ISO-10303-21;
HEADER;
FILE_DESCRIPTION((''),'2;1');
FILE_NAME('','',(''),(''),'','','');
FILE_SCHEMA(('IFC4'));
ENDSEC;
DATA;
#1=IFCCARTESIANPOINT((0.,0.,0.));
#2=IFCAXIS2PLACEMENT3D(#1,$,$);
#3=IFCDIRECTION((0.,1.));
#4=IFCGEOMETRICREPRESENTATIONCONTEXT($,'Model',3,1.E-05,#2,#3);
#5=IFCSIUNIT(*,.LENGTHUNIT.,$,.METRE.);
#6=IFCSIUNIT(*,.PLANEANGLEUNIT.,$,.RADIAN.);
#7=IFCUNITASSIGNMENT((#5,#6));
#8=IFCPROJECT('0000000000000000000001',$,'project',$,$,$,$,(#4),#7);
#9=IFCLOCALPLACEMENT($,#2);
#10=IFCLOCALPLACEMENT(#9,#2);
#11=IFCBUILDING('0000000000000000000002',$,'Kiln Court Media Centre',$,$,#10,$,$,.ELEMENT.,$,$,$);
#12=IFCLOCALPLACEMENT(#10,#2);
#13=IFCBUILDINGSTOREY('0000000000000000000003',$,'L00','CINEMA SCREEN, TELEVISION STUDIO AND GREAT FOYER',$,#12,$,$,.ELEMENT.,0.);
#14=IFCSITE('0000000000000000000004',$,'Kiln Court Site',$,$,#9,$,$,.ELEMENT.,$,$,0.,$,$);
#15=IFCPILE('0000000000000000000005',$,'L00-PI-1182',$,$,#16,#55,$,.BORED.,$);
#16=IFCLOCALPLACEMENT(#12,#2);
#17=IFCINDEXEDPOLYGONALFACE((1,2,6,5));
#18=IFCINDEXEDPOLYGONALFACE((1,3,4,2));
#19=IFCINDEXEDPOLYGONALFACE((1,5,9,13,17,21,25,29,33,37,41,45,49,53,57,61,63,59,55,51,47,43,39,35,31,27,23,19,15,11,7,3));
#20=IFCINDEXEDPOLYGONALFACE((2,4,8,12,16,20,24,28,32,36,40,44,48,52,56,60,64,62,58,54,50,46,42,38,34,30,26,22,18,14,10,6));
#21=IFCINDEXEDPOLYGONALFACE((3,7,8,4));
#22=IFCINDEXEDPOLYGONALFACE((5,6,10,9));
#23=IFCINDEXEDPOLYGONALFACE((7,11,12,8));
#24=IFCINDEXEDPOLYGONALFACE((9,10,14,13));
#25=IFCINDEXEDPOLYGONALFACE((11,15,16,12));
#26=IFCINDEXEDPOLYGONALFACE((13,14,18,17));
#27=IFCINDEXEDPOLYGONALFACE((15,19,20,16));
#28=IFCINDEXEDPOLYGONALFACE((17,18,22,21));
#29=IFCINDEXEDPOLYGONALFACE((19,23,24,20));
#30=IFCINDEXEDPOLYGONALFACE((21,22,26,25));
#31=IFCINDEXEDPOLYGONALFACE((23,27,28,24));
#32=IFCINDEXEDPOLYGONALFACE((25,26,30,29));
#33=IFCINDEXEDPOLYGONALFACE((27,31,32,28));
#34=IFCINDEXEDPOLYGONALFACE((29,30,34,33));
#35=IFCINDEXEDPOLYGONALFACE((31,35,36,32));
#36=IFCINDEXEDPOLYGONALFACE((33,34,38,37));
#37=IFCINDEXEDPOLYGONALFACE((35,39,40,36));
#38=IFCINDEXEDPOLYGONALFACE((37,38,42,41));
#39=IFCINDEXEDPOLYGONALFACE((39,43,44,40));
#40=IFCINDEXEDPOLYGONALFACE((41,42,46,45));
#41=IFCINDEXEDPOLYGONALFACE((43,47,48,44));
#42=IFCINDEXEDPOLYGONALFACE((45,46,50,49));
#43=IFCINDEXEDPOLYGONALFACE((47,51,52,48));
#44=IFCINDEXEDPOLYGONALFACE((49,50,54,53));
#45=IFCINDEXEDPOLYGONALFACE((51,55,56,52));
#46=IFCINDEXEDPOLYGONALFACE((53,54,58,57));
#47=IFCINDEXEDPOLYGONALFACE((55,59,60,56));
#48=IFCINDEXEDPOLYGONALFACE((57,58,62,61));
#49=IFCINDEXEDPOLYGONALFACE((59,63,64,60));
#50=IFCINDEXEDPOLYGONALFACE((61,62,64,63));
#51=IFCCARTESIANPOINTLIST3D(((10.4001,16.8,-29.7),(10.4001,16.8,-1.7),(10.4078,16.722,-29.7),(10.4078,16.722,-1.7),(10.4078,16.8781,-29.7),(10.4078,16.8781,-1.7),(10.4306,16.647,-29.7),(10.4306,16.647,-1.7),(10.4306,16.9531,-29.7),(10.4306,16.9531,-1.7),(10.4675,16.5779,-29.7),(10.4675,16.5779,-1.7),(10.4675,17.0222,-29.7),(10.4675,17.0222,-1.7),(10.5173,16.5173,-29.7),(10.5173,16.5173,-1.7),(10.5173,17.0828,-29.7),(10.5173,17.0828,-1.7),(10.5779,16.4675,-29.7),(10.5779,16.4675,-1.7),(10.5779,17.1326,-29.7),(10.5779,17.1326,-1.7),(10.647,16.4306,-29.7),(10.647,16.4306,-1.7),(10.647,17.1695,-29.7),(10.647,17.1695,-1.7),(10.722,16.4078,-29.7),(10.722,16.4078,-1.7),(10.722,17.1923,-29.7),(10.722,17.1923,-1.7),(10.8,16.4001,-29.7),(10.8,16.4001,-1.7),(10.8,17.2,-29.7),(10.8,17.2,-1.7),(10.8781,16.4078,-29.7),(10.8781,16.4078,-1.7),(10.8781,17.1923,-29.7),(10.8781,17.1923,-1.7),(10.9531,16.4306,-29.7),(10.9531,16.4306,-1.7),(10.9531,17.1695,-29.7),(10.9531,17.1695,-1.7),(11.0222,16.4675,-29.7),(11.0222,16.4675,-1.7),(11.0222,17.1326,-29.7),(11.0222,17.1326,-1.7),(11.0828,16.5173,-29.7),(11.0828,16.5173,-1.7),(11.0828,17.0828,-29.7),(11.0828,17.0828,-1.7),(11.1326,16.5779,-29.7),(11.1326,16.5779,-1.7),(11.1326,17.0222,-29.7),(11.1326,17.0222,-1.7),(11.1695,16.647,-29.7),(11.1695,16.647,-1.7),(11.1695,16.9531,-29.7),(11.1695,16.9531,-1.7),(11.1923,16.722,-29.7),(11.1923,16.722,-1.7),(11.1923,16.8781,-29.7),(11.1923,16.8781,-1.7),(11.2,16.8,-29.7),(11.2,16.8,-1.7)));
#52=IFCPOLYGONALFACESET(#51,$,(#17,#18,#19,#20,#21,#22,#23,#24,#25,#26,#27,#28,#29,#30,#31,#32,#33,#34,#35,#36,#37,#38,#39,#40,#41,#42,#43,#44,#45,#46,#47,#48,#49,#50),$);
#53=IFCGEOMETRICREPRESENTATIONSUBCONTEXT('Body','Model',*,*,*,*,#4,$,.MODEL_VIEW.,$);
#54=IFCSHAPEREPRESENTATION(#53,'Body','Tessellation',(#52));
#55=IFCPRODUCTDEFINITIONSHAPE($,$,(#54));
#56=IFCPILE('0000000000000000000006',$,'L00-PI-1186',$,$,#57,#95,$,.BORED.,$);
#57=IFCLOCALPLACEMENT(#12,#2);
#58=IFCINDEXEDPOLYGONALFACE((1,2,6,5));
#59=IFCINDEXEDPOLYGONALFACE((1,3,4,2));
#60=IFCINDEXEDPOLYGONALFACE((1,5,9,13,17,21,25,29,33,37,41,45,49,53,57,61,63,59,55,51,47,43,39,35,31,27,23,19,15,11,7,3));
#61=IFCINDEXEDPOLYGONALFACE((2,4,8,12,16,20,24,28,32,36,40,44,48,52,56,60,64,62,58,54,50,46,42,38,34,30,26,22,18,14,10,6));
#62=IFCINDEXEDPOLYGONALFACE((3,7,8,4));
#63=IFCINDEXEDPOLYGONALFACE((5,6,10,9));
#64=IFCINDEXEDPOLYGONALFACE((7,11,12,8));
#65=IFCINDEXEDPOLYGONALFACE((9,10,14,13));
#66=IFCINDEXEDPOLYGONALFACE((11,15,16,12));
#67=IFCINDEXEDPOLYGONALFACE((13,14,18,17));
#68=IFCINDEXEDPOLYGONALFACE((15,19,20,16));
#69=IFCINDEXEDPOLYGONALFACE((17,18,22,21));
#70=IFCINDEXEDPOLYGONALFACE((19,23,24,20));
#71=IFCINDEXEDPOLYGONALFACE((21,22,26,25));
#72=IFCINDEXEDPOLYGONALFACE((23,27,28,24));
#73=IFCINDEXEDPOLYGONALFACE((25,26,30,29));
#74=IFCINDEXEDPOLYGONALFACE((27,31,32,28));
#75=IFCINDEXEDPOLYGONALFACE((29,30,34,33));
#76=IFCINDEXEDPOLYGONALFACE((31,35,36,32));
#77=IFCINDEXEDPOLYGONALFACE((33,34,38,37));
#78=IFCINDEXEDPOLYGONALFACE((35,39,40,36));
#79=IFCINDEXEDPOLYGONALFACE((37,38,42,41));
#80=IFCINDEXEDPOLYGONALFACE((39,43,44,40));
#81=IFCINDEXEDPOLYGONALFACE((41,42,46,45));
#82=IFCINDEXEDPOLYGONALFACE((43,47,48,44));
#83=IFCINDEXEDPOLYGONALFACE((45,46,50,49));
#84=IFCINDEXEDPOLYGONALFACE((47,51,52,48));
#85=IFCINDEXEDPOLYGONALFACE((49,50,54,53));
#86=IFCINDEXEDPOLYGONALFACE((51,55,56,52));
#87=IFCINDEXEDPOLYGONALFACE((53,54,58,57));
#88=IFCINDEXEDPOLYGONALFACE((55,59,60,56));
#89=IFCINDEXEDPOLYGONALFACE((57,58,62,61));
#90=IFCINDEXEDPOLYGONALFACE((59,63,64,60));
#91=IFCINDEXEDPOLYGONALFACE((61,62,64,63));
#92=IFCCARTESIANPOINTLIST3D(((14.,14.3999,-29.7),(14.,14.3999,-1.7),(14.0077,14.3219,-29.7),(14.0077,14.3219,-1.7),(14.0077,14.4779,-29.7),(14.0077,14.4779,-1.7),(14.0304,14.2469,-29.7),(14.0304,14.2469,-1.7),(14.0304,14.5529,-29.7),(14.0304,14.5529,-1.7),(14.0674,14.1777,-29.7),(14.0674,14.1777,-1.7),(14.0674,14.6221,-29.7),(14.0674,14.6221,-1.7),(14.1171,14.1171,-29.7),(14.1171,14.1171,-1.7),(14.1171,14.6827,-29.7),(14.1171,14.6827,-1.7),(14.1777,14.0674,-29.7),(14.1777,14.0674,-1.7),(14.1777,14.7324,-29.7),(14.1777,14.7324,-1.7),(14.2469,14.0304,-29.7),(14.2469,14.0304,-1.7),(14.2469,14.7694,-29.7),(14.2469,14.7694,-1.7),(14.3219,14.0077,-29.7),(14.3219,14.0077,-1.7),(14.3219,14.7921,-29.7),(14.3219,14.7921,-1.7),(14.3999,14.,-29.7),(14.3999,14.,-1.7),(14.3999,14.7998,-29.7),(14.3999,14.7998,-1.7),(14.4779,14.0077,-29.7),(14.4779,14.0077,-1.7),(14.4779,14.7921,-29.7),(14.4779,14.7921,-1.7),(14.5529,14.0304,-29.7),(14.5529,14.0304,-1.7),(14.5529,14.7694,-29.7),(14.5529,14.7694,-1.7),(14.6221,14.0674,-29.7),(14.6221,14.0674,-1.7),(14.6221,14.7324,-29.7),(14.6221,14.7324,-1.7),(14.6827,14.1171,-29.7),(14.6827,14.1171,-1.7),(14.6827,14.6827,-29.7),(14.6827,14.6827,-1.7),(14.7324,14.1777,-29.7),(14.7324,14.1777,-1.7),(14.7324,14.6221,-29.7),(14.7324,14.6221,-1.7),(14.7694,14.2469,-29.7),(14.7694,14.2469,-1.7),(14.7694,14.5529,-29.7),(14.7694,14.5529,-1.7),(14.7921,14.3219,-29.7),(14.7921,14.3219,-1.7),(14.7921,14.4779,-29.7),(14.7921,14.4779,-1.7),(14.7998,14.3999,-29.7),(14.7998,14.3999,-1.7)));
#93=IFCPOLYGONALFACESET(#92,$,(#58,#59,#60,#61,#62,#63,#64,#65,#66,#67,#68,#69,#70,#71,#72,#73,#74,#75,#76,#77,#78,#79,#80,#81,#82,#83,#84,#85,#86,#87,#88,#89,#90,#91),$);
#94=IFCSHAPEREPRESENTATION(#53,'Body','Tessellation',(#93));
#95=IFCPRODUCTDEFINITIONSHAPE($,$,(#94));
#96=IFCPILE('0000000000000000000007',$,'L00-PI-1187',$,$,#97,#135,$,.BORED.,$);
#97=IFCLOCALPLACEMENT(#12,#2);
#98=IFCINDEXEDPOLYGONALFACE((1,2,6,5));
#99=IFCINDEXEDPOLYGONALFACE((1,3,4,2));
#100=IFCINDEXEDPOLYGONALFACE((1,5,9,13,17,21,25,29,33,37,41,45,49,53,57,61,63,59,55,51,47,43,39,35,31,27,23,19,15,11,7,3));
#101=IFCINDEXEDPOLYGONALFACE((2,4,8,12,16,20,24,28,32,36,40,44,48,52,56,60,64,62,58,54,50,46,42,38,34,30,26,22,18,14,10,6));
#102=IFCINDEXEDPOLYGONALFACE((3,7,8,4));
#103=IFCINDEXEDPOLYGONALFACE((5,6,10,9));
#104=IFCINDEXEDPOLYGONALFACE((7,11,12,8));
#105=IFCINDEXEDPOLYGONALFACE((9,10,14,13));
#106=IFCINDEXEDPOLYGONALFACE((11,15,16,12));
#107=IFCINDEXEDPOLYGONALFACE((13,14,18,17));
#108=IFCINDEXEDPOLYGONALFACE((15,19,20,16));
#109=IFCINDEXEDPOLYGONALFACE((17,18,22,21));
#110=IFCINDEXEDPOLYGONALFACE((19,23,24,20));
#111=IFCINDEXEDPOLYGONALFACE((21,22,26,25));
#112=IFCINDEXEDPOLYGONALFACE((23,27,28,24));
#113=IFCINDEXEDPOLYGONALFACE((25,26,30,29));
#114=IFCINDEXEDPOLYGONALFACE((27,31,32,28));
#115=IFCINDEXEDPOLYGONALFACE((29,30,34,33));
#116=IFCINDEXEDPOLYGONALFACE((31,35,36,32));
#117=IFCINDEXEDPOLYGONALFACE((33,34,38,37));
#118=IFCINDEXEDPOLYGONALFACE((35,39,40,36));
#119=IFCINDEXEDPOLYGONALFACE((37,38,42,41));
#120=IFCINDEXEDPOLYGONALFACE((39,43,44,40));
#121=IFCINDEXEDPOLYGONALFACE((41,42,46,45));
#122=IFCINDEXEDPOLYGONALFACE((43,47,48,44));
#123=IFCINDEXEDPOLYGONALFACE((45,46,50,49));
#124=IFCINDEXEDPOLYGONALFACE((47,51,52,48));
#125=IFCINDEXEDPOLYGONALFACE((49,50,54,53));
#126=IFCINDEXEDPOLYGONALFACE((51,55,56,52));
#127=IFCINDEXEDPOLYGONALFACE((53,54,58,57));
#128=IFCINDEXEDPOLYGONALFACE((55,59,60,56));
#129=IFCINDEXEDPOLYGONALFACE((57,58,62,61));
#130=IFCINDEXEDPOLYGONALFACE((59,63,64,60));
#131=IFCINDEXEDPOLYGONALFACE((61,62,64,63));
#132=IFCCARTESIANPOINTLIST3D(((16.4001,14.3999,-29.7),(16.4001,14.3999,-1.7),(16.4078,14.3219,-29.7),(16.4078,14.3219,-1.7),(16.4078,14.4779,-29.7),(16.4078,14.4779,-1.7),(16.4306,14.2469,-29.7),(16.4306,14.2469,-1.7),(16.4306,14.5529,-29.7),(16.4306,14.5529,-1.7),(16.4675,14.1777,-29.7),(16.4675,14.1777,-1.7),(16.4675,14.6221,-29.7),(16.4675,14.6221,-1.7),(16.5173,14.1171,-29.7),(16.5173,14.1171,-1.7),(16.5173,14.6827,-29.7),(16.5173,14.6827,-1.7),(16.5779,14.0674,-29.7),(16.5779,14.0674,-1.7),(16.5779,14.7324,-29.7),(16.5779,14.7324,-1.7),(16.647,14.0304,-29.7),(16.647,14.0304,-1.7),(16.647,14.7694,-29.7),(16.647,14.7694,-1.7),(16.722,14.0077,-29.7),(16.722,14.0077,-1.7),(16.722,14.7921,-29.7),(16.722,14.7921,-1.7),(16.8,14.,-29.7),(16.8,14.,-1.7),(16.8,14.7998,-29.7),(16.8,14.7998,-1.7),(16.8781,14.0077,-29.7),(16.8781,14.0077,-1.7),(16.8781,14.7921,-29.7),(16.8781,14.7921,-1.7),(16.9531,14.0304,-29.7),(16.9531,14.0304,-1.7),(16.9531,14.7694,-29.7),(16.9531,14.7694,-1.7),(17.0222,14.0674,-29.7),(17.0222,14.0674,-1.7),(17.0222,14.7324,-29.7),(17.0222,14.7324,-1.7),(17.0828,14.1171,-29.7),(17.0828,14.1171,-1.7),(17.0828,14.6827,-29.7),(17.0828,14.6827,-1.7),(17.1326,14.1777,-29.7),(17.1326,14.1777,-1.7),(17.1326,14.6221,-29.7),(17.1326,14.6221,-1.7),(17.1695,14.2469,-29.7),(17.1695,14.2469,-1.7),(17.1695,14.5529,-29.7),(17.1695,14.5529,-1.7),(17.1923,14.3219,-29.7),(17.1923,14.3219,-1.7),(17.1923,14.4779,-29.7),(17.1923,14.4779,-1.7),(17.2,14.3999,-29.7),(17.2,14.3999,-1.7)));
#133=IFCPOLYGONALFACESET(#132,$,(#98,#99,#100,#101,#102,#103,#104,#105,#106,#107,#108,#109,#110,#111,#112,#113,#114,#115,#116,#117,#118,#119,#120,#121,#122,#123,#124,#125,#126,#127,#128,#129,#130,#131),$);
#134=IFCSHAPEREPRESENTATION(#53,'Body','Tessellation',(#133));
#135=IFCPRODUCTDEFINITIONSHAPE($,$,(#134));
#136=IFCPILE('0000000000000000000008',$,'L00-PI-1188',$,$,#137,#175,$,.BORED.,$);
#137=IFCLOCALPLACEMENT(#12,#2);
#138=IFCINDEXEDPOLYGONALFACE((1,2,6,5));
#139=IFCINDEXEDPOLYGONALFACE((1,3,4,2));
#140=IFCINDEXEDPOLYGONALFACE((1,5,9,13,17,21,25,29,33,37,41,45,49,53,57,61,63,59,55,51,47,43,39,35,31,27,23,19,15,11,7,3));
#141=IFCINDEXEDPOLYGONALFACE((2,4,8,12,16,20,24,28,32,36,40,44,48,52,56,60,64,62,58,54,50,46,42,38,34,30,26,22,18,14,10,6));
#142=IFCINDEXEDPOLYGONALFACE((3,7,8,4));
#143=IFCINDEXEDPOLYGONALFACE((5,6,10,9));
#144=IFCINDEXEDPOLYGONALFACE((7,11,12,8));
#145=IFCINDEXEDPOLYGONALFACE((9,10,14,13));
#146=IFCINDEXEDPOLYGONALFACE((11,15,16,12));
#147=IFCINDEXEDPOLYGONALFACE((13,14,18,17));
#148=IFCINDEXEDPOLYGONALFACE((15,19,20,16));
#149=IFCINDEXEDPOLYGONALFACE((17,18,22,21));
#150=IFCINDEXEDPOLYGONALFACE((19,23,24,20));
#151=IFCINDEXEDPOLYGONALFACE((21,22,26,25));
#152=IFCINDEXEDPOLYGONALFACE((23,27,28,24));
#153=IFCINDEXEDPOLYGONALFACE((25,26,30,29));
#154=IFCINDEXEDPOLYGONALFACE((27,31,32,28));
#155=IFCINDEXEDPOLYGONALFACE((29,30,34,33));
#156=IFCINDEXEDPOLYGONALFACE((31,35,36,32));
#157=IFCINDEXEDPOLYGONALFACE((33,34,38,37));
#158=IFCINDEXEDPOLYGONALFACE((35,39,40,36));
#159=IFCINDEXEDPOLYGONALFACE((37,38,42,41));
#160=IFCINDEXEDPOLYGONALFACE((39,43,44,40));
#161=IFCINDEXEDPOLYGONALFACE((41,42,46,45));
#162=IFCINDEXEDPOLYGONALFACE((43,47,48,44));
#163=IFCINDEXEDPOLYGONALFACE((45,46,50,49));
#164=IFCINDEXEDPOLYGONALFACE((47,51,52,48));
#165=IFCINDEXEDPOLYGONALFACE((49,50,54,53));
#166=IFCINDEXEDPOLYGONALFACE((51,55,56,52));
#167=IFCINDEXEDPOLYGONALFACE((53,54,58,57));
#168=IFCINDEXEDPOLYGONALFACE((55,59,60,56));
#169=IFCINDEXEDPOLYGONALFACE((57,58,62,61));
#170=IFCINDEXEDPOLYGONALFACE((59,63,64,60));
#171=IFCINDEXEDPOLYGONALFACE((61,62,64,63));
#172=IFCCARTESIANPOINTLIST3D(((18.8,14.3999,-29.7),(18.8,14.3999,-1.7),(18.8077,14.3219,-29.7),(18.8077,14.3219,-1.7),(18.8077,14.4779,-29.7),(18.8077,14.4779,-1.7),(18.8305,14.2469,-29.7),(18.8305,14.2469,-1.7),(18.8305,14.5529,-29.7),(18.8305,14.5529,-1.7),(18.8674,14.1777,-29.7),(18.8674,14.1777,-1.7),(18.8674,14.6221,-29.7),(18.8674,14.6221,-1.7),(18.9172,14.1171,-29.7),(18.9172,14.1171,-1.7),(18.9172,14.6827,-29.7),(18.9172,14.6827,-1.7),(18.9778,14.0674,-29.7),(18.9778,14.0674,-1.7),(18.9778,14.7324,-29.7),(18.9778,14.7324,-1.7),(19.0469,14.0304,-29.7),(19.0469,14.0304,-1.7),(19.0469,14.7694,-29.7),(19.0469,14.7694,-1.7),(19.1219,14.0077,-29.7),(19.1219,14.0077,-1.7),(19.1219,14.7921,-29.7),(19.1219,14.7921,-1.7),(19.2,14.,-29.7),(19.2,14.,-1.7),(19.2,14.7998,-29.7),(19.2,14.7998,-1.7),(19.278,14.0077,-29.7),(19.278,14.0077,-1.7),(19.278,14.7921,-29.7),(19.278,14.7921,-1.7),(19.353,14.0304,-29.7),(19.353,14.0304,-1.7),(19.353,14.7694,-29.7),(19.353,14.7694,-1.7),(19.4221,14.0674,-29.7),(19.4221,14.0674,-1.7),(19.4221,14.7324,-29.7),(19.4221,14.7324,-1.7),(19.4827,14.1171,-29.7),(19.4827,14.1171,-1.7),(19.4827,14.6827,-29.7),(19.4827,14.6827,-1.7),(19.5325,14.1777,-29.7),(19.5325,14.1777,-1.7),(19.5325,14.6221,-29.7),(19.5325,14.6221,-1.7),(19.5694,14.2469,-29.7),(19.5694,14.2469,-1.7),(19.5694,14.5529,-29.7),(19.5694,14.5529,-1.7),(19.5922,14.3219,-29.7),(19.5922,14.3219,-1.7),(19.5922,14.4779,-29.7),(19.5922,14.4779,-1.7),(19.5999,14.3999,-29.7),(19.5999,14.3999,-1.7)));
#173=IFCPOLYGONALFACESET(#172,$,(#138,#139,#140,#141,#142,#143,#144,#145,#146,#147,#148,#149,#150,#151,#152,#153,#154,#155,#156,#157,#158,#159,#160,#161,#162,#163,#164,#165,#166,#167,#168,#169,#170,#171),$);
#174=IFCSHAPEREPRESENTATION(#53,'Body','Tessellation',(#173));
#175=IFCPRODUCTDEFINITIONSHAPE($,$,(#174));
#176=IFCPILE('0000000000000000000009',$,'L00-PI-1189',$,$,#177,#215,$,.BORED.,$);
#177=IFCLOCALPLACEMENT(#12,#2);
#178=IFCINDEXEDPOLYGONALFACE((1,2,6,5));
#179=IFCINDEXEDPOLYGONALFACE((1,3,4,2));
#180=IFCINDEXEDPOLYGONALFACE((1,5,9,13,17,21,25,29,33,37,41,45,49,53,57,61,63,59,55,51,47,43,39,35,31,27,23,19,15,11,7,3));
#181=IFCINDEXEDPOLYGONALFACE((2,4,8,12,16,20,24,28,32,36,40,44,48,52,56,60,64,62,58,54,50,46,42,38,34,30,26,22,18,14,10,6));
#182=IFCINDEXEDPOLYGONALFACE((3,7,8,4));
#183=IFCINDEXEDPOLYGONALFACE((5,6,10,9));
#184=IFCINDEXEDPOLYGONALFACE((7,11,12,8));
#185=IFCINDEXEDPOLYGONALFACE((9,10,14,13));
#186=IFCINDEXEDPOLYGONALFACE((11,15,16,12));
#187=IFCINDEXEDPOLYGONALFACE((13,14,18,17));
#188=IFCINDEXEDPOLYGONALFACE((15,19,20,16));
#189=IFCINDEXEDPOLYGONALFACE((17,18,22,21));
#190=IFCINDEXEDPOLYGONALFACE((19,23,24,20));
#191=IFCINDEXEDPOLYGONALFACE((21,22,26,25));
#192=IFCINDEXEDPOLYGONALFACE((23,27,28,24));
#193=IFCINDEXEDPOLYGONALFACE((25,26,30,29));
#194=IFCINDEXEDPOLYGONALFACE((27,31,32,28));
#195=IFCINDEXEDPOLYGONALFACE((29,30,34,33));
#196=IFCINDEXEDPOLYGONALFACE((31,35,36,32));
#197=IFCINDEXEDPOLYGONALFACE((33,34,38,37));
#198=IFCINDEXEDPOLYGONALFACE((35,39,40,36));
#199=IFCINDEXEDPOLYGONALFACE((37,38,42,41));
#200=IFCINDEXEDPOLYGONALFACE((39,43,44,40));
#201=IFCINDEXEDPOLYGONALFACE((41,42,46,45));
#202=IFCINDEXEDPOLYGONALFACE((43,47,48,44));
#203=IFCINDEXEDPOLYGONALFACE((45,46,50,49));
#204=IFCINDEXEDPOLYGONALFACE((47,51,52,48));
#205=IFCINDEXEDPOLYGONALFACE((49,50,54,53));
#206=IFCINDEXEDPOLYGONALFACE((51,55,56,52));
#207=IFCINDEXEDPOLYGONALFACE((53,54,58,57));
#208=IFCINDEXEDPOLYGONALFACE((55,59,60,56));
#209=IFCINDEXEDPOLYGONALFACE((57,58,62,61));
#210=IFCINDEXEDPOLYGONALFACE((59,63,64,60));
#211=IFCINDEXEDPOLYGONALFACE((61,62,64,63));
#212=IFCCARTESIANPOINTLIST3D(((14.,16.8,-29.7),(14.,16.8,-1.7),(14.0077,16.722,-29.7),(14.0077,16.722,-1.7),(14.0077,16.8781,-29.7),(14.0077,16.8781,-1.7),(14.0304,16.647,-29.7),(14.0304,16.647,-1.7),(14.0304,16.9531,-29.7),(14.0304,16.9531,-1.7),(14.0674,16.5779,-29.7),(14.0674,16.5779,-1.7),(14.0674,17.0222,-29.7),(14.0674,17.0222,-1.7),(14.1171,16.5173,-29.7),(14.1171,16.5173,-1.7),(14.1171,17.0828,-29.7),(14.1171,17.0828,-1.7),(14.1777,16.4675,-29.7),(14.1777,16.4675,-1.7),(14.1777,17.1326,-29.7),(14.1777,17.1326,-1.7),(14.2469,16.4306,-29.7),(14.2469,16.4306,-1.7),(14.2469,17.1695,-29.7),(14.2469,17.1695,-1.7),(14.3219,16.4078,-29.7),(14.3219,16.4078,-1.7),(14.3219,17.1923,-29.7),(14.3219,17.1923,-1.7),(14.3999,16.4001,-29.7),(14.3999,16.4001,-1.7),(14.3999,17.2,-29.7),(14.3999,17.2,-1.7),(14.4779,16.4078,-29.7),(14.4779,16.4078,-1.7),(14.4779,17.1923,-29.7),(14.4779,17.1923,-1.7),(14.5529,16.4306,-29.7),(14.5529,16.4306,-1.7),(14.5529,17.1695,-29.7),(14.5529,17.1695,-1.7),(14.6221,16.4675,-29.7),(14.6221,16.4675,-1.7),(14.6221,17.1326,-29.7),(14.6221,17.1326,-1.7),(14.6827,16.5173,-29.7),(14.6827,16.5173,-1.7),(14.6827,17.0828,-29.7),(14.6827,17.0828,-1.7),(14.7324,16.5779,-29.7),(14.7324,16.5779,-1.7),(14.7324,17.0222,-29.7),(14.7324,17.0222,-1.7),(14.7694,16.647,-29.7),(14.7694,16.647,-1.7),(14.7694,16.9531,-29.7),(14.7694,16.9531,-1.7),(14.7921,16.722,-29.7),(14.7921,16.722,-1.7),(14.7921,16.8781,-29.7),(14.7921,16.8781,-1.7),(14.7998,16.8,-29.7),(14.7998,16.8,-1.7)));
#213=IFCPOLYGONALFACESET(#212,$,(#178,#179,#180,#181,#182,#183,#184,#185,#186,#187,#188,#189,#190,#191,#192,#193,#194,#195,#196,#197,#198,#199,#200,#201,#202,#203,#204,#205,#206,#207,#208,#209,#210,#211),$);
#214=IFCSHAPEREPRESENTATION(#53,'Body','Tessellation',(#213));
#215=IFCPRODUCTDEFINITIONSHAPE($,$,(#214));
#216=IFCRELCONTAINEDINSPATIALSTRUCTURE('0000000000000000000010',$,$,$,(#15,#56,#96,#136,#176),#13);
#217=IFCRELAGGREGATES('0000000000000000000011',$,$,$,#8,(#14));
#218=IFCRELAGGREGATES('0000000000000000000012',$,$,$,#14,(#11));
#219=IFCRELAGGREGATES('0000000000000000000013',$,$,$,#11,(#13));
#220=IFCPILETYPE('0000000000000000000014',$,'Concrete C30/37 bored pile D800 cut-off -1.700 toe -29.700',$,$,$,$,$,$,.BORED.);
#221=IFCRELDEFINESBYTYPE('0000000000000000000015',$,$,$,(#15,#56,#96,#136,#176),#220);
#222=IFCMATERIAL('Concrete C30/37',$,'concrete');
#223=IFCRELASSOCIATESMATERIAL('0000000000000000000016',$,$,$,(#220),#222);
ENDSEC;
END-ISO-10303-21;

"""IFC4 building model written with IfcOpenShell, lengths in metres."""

from ifc_helpers import new_model, si_unit, direction, frame, origin, origin_2d, place, context, subcontext, project, spatial, circle, extrude, material, material_profile, profile_set, type_object, element, save


model = new_model("IFC4")

# Units and contexts
model_context = context("Model", 3, precision=1e-05, world=origin(), true_north=direction((0.0, 1.0)))
body_context = subcontext(model_context, "Body", "Model", "MODEL_VIEW")
ifc_project = project(units=[si_unit("LENGTHUNIT", "METRE"), si_unit("PLANEANGLEUNIT", "RADIAN")], contexts=[model_context])

# Site, building, storey
site_placement = place(None, origin())
site = spatial("IfcSite", under=ifc_project, at=site_placement, Name="Kiln Court Site", CompositionType="ELEMENT", RefElevation=0.0)
building_placement = place(site_placement, origin())
building = spatial("IfcBuilding", under=site, at=building_placement, Name="Kiln Court Media Centre", CompositionType="ELEMENT")
storey_placement = place(building_placement, origin())
storey = spatial("IfcBuildingStorey", under=building, at=storey_placement, Name="L00", Description="CINEMA SCREEN, TELEVISION STUDIO AND GREAT FOYER", CompositionType="ELEMENT", Elevation=0.0)

# Piles
ifc_material_1 = material(Name="Concrete C30/37", Category="concrete")
ifc_material_profile_1 = material_profile(ifc_material_1, circle(Radius=0.3999, at=origin_2d()), Name="PILE D800")
ifc_profile_set_1 = profile_set([ifc_material_profile_1], Name="Concrete C30/37")
pile_type = type_object("IfcPileType", Name="Concrete C30/37 bored pile D800 cut-off -1.700 toe -29.700", PredefinedType="BORED", material=ifc_profile_set_1)
for number, where, z_axis, x_axis, name in (
    (1, (10.8, 16.8, -1.7), (0.0, 0.0, -1.0), (1.0, 0.0, 0.0), "L00-PI-1182"),
    (2, (14.3999, 14.3999, -1.7), (0.0, 0.0, -1.0), (1.0, 0.0, 0.0), "L00-PI-1186"),
    (3, (16.8, 14.3999, -1.7), (0.0, 0.0, -1.0), (1.0, 0.0, 0.0), "L00-PI-1187"),
    (4, (19.2, 14.3999, -1.7), (0.0, 0.0, -1.0), (1.0, 0.0, 0.0), "L00-PI-1188"),
    (5, (14.3999, 16.8, -1.7), (0.0, 0.0, -1.0), (1.0, 0.0, 0.0), "L00-PI-1189"),
):
    element("IfcPile", number, at=place(storey_placement, frame(where, z_axis=z_axis, x_axis=x_axis)), inside=storey, type_object=pile_type, Name=name, PredefinedType="BORED", context=body_context, shape_type="SweptSolid", body=[
        extrude(circle(Radius=0.3999, at=origin_2d()), origin(), (0.0, 0.0, 1.0), 28.0),
    ])

save(model, "model.ifc")
